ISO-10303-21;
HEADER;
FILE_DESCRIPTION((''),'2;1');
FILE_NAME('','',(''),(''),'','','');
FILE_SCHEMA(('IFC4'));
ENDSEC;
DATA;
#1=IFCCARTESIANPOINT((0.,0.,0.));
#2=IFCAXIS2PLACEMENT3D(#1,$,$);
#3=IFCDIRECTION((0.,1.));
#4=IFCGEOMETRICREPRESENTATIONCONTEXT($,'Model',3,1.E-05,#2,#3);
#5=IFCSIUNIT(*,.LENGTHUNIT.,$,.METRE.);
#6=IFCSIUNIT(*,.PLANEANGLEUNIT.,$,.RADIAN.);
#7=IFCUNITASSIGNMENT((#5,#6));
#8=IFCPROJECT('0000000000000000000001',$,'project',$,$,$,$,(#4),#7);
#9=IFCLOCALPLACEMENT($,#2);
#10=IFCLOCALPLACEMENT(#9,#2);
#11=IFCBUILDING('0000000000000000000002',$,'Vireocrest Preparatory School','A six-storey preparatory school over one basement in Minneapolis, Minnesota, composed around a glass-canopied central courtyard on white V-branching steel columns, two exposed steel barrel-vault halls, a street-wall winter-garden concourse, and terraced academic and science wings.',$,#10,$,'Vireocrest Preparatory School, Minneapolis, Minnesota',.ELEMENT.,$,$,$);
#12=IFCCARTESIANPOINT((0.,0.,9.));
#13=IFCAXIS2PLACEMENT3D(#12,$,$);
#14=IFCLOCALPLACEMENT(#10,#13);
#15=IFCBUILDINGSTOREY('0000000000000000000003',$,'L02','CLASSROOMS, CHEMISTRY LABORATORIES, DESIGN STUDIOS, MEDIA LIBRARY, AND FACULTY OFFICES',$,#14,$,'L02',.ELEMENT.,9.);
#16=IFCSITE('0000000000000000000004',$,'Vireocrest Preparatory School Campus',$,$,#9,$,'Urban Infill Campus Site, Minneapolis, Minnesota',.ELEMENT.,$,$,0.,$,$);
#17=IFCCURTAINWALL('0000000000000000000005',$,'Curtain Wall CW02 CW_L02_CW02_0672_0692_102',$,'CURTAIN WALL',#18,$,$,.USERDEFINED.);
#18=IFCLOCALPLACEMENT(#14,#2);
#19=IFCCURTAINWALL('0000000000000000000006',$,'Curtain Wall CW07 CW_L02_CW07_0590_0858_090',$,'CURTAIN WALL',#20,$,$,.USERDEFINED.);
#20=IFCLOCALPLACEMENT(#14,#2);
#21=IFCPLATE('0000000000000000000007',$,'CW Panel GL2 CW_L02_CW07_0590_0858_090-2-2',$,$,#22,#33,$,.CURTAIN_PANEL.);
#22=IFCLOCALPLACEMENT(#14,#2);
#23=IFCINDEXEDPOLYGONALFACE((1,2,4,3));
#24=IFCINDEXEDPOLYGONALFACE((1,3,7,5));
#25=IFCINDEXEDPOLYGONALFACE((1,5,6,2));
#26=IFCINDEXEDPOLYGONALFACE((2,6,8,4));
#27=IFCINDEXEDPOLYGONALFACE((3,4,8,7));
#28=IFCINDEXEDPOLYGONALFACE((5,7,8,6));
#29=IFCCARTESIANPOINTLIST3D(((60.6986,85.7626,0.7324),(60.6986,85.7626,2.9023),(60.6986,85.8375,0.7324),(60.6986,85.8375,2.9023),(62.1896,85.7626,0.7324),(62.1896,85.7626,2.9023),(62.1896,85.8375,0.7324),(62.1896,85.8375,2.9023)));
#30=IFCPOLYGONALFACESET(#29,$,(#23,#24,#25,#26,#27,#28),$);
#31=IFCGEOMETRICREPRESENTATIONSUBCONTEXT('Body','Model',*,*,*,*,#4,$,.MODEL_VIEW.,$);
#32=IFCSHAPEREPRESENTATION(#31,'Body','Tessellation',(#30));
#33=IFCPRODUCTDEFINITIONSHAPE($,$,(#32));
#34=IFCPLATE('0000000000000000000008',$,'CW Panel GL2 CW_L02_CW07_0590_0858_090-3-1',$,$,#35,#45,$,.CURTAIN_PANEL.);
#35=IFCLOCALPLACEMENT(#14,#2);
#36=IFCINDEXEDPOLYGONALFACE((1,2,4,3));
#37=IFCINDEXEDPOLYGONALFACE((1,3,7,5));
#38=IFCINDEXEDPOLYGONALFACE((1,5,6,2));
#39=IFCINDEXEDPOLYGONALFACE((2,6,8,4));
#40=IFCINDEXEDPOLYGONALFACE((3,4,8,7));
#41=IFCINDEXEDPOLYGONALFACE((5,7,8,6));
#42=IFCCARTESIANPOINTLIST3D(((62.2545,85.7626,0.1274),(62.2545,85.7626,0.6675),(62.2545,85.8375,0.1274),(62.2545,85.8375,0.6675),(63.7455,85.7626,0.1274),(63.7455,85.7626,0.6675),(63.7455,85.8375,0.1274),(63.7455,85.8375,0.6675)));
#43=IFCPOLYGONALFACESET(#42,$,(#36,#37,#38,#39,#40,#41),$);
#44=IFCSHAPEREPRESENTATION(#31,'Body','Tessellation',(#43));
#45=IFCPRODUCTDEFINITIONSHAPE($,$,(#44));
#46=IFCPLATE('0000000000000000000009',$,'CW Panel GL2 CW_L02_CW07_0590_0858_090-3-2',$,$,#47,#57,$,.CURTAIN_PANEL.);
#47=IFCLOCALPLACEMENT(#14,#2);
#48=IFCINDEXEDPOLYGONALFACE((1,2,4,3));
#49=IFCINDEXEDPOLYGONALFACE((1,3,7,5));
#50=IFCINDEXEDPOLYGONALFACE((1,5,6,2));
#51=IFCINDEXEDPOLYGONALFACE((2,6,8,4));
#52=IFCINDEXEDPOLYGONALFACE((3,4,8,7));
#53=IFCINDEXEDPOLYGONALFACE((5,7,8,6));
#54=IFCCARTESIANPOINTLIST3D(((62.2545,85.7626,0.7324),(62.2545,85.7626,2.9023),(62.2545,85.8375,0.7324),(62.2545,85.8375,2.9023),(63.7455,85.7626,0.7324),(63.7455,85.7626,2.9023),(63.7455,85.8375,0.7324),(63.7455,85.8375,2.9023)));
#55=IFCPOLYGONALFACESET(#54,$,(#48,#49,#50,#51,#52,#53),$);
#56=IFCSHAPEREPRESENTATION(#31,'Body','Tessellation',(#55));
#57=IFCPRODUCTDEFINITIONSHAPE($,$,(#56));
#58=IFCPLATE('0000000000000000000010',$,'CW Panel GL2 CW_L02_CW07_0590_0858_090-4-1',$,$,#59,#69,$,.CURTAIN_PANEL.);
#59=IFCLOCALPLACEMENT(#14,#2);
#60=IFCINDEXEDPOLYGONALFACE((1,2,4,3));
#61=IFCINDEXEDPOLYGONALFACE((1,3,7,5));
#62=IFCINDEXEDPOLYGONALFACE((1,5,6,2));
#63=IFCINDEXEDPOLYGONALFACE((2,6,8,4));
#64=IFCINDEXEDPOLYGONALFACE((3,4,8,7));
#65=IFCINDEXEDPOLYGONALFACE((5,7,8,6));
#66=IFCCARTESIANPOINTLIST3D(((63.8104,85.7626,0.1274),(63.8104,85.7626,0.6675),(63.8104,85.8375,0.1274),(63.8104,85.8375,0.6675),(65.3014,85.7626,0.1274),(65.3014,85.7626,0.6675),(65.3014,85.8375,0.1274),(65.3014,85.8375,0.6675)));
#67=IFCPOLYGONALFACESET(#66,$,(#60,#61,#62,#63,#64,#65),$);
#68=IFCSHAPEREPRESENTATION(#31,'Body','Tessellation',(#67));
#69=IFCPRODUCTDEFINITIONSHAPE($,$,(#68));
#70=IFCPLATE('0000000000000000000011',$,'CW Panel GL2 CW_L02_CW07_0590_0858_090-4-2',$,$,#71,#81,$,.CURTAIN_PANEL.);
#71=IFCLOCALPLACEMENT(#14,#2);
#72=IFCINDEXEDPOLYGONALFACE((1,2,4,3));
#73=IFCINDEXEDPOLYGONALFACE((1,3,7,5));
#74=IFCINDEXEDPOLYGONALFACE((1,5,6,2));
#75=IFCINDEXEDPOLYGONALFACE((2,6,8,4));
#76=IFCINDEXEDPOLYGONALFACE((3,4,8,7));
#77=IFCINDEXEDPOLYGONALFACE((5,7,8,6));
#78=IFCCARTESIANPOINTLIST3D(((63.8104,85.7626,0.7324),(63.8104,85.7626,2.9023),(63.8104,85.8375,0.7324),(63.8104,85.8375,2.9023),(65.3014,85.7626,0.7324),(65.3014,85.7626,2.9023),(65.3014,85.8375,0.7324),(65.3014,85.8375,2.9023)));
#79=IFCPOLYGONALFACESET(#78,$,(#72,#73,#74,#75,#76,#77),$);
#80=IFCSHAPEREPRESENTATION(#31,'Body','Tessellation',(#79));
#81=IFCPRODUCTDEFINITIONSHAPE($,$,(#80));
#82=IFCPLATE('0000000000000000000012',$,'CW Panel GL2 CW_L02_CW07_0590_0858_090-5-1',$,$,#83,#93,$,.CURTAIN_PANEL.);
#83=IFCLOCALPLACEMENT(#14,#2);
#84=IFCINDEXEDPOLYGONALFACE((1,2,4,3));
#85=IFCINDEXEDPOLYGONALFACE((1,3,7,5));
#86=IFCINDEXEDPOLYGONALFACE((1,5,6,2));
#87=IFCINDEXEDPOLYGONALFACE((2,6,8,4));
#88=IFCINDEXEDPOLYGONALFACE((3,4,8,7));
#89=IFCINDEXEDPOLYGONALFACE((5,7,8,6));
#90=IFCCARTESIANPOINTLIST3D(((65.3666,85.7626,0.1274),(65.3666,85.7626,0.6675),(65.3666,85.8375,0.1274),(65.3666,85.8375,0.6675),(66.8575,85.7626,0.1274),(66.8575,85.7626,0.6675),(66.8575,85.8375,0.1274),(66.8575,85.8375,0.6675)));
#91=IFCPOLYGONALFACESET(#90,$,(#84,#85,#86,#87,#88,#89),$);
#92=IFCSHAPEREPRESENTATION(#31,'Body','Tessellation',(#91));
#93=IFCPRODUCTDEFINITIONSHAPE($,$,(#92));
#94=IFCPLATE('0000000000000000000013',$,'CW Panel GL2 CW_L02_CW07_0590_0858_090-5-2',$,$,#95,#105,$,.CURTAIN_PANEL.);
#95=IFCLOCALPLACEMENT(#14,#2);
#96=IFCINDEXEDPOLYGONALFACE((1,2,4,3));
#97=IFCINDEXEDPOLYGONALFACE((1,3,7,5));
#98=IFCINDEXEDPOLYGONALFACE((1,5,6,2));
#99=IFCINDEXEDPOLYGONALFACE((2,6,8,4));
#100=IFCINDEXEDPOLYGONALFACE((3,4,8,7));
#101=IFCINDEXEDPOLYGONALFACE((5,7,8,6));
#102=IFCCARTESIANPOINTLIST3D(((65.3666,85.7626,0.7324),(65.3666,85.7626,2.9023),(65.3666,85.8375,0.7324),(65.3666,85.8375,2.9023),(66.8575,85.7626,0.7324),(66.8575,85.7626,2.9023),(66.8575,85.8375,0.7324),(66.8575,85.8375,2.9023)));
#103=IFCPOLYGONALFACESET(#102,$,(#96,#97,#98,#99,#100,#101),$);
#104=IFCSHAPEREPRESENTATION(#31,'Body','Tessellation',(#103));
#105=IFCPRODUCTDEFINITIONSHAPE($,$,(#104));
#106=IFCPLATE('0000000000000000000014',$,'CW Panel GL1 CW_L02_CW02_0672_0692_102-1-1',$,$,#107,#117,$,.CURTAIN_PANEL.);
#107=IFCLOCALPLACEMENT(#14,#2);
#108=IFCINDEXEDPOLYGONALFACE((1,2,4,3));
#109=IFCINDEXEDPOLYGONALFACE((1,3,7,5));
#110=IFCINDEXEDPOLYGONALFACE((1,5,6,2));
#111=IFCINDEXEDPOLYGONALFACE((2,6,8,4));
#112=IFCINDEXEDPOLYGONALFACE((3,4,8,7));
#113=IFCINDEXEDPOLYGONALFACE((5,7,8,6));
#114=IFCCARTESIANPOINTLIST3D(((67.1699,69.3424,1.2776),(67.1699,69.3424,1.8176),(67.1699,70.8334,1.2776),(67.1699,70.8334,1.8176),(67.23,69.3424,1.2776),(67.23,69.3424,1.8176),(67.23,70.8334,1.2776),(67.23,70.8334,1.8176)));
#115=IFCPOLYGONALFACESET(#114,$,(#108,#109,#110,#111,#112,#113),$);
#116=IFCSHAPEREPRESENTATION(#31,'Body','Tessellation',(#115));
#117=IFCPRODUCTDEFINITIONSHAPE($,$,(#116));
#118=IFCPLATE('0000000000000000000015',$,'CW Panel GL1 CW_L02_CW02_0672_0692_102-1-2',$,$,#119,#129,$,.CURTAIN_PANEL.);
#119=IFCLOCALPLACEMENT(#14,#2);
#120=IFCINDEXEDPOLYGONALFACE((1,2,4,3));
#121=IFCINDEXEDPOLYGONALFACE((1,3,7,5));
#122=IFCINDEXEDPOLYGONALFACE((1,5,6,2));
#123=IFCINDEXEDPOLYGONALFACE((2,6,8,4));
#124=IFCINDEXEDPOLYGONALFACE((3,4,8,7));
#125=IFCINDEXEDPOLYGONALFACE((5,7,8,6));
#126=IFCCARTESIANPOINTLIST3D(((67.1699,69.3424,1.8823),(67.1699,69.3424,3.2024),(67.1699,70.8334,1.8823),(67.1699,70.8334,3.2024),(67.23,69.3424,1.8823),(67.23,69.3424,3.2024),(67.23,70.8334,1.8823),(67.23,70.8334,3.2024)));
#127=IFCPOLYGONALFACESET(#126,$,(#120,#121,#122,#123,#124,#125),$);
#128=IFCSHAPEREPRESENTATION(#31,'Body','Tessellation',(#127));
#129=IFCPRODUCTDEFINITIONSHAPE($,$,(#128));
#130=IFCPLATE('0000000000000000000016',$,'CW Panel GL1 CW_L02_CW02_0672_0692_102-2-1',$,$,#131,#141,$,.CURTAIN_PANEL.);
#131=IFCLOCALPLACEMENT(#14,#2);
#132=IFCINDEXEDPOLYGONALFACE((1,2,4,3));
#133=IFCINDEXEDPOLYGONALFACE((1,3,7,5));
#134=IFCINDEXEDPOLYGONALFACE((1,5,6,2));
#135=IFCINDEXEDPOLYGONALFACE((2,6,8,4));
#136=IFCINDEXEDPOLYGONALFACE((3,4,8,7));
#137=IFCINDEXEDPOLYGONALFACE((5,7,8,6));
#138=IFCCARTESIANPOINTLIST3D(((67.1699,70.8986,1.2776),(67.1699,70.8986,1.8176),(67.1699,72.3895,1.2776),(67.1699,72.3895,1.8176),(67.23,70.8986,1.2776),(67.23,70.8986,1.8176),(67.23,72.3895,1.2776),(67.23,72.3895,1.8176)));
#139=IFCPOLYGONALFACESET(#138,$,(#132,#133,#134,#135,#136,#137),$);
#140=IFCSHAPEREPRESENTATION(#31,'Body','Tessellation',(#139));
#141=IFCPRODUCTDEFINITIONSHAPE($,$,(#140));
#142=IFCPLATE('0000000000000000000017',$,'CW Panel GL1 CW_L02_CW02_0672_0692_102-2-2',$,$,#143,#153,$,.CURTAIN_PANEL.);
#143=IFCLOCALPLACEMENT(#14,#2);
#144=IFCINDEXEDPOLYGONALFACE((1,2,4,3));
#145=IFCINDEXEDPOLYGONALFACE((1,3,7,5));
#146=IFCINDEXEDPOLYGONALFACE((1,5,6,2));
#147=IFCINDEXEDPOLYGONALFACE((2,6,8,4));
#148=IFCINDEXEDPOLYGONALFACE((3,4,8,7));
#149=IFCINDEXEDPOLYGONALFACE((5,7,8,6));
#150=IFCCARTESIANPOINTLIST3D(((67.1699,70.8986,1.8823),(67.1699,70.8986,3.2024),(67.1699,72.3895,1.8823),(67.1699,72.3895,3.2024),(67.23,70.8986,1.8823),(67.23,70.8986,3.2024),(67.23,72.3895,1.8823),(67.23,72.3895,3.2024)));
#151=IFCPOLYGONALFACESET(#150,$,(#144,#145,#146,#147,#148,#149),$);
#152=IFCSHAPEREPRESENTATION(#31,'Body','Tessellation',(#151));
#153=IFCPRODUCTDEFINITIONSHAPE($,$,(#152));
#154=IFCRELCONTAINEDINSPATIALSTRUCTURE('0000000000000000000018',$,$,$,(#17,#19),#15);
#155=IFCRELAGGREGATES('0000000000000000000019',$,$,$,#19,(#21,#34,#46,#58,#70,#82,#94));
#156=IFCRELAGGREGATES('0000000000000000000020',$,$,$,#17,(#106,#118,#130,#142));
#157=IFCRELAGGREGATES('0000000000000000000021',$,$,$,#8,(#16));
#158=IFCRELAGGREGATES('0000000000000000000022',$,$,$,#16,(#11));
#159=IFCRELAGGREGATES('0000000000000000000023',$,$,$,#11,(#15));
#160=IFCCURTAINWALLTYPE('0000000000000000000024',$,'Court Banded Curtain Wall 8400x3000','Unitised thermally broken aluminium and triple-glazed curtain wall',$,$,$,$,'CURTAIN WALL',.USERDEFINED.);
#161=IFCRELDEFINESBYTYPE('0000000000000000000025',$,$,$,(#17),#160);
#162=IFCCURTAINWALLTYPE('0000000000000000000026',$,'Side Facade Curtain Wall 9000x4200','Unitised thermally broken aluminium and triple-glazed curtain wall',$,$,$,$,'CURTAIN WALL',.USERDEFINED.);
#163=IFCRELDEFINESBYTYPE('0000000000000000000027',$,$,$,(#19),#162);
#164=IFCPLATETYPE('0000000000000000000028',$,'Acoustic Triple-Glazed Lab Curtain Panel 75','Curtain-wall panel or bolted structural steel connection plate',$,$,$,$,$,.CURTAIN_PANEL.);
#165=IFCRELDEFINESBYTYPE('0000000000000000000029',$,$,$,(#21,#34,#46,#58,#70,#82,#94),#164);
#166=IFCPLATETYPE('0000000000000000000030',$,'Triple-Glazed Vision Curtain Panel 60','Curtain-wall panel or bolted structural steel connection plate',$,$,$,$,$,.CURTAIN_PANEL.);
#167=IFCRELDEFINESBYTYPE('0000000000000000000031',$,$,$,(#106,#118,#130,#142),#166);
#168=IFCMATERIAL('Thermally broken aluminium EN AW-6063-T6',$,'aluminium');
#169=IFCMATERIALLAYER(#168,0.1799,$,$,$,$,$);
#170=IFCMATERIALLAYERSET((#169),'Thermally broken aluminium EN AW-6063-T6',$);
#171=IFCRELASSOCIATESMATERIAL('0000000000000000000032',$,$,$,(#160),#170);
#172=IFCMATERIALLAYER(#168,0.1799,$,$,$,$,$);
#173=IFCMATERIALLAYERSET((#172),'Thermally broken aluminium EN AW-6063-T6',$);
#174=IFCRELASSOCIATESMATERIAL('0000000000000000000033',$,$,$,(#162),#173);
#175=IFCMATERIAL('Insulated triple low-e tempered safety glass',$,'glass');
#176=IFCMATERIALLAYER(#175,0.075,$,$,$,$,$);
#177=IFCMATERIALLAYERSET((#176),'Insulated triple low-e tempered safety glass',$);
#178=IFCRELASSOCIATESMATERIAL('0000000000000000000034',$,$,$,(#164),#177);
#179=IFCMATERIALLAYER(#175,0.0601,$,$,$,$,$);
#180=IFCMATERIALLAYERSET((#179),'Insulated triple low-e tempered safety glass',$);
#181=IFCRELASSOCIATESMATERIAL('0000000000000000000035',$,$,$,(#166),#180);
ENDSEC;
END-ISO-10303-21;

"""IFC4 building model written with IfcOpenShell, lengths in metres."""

from ifc_helpers import new_model, si_unit, direction, frame, origin, origin_2d, place, context, subcontext, project, spatial, rectangle, extrude, material, layer, layer_set, type_object, element, aggregate, save


model = new_model("IFC4")

# Units and contexts
model_context = context("Model", 3, precision=1e-05, world=origin(), true_north=direction((0.0, 1.0)))
body_context = subcontext(model_context, "Body", "Model", "MODEL_VIEW")
ifc_project = project(units=[si_unit("LENGTHUNIT", "METRE"), si_unit("PLANEANGLEUNIT", "RADIAN")], contexts=[model_context])

# Site, building, storey
site_placement = place(None, origin())
site = spatial("IfcSite", under=ifc_project, at=site_placement, Name="Vireocrest Preparatory School Campus", LongName="Urban Infill Campus Site, Minneapolis, Minnesota", CompositionType="ELEMENT", RefElevation=0.0)
building_placement = place(site_placement, origin())
building = spatial("IfcBuilding", under=site, at=building_placement, Name="Vireocrest Preparatory School", Description="A six-storey preparatory school over one basement in Minneapolis, Minnesota, composed around a glass-canopied central courtyard on white V-branching steel columns, two exposed steel barrel-vault halls, a street-wall winter-garden concourse, and terraced academic and science wings.", LongName="Vireocrest Preparatory School, Minneapolis, Minnesota", CompositionType="ELEMENT")
storey_placement = place(building_placement, frame((0.0, 0.0, 9.0)))
storey = spatial("IfcBuildingStorey", under=building, at=storey_placement, Name="L02", Description="CLASSROOMS, CHEMISTRY LABORATORIES, DESIGN STUDIOS, MEDIA LIBRARY, AND FACULTY OFFICES", LongName="L02", CompositionType="ELEMENT", Elevation=9.0)

# Curtain wall
ifc_material_1 = material(Name="Thermally broken aluminium EN AW-6063-T6", Category="aluminium")
ifc_layer_1 = layer(ifc_material_1, 0.1799)
ifc_layer_set_1 = layer_set([ifc_layer_1], Name="Thermally broken aluminium EN AW-6063-T6")
curtain_wall_type_1 = type_object("IfcCurtainWallType", Name="Court Banded Curtain Wall 8400x3000", Description="Unitised thermally broken aluminium and triple-glazed curtain wall", ElementType="CURTAIN WALL", PredefinedType="USERDEFINED", material=ifc_layer_set_1)
curtain_wall_1_placement = place(storey_placement, origin())
curtain_wall_1 = element("IfcCurtainWall", 1, at=curtain_wall_1_placement, inside=storey, type_object=curtain_wall_type_1, Name="Curtain Wall CW02 CW_L02_CW02_0672_0692_102", ObjectType="CURTAIN WALL", PredefinedType="USERDEFINED")

# Curtain wall
ifc_layer_2 = layer(ifc_material_1, 0.1799)
ifc_layer_set_2 = layer_set([ifc_layer_2], Name="Thermally broken aluminium EN AW-6063-T6")
curtain_wall_type_2 = type_object("IfcCurtainWallType", Name="Side Facade Curtain Wall 9000x4200", Description="Unitised thermally broken aluminium and triple-glazed curtain wall", ElementType="CURTAIN WALL", PredefinedType="USERDEFINED", material=ifc_layer_set_2)
curtain_wall_2_placement = place(storey_placement, origin())
curtain_wall_2 = element("IfcCurtainWall", 2, at=curtain_wall_2_placement, inside=storey, type_object=curtain_wall_type_2, Name="Curtain Wall CW07 CW_L02_CW07_0590_0858_090", ObjectType="CURTAIN WALL", PredefinedType="USERDEFINED")

# Plates
ifc_material_2 = material(Name="Insulated triple low-e tempered safety glass", Category="glass")
ifc_layer_3 = layer(ifc_material_2, 0.075)
ifc_layer_set_3 = layer_set([ifc_layer_3], Name="Insulated triple low-e tempered safety glass")
plate_type_1 = type_object("IfcPlateType", Name="Acoustic Triple-Glazed Lab Curtain Panel 75", Description="Curtain-wall panel or bolted structural steel connection plate", PredefinedType="CURTAIN_PANEL", material=ifc_layer_set_3)
plate_1_placement = place(storey_placement, frame((61.4441, 85.8, 0.7324), z_axis=(0.0, 0.0, 1.0), x_axis=(1.0, 0.0, 0.0)))
plate_1 = element("IfcPlate", 3, at=plate_1_placement, type_object=plate_type_1, Name="CW Panel GL2 CW_L02_CW07_0590_0858_090-2-2", PredefinedType="CURTAIN_PANEL", context=body_context, shape_type="SweptSolid", body=[
    extrude(rectangle(XDim=1.491, YDim=0.075, at=origin_2d()), origin(), (0.0, 0.0, 1.0), 2.1699),
])
plate_2_placement = place(storey_placement, frame((63.0, 85.8, 0.1274), z_axis=(0.0, 0.0, 1.0), x_axis=(1.0, 0.0, 0.0)))
plate_2 = element("IfcPlate", 4, at=plate_2_placement, type_object=plate_type_1, Name="CW Panel GL2 CW_L02_CW07_0590_0858_090-3-1", PredefinedType="CURTAIN_PANEL", context=body_context, shape_type="SweptSolid", body=[
    extrude(rectangle(XDim=1.491, YDim=0.075, at=origin_2d()), origin(), (0.0, 0.0, 1.0), 0.54),
])
plate_3_placement = place(storey_placement, frame((63.0, 85.8, 0.7324), z_axis=(0.0, 0.0, 1.0), x_axis=(1.0, 0.0, 0.0)))
plate_3 = element("IfcPlate", 5, at=plate_3_placement, type_object=plate_type_1, Name="CW Panel GL2 CW_L02_CW07_0590_0858_090-3-2", PredefinedType="CURTAIN_PANEL", context=body_context, shape_type="SweptSolid", body=[
    extrude(rectangle(XDim=1.491, YDim=0.075, at=origin_2d()), origin(), (0.0, 0.0, 1.0), 2.1699),
])
plate_4_placement = place(storey_placement, frame((64.5559, 85.8, 0.1274), z_axis=(0.0, 0.0, 1.0), x_axis=(1.0, 0.0, 0.0)))
plate_4 = element("IfcPlate", 6, at=plate_4_placement, type_object=plate_type_1, Name="CW Panel GL2 CW_L02_CW07_0590_0858_090-4-1", PredefinedType="CURTAIN_PANEL", context=body_context, shape_type="SweptSolid", body=[
    extrude(rectangle(XDim=1.491, YDim=0.075, at=origin_2d()), origin(), (0.0, 0.0, 1.0), 0.54),
])
plate_5_placement = place(storey_placement, frame((64.5559, 85.8, 0.7324), z_axis=(0.0, 0.0, 1.0), x_axis=(1.0, 0.0, 0.0)))
plate_5 = element("IfcPlate", 7, at=plate_5_placement, type_object=plate_type_1, Name="CW Panel GL2 CW_L02_CW07_0590_0858_090-4-2", PredefinedType="CURTAIN_PANEL", context=body_context, shape_type="SweptSolid", body=[
    extrude(rectangle(XDim=1.491, YDim=0.075, at=origin_2d()), origin(), (0.0, 0.0, 1.0), 2.1699),
])
plate_6_placement = place(storey_placement, frame((66.1121, 85.8, 0.1274), z_axis=(0.0, 0.0, 1.0), x_axis=(1.0, 0.0, 0.0)))
plate_6 = element("IfcPlate", 8, at=plate_6_placement, type_object=plate_type_1, Name="CW Panel GL2 CW_L02_CW07_0590_0858_090-5-1", PredefinedType="CURTAIN_PANEL", context=body_context, shape_type="SweptSolid", body=[
    extrude(rectangle(XDim=1.491, YDim=0.075, at=origin_2d()), origin(), (0.0, 0.0, 1.0), 0.54),
])
plate_7_placement = place(storey_placement, frame((66.1121, 85.8, 0.7324), z_axis=(0.0, 0.0, 1.0), x_axis=(1.0, 0.0, 0.0)))
plate_7 = element("IfcPlate", 9, at=plate_7_placement, type_object=plate_type_1, Name="CW Panel GL2 CW_L02_CW07_0590_0858_090-5-2", PredefinedType="CURTAIN_PANEL", context=body_context, shape_type="SweptSolid", body=[
    extrude(rectangle(XDim=1.491, YDim=0.075, at=origin_2d()), origin(), (0.0, 0.0, 1.0), 2.1699),
])
aggregate(curtain_wall_2, [plate_1, plate_2, plate_3, plate_4, plate_5, plate_6, plate_7])
ifc_layer_4 = layer(ifc_material_2, 0.0601)
ifc_layer_set_4 = layer_set([ifc_layer_4], Name="Insulated triple low-e tempered safety glass")
plate_type_2 = type_object("IfcPlateType", Name="Triple-Glazed Vision Curtain Panel 60", Description="Curtain-wall panel or bolted structural steel connection plate", PredefinedType="CURTAIN_PANEL", material=ifc_layer_set_4)
plate_8_placement = place(storey_placement, frame((67.2, 70.0879, 1.2776), z_axis=(0.0, 0.0, 1.0), x_axis=(0.0, 1.0, 0.0)))
plate_8 = element("IfcPlate", 10, at=plate_8_placement, type_object=plate_type_2, Name="CW Panel GL1 CW_L02_CW02_0672_0692_102-1-1", PredefinedType="CURTAIN_PANEL", context=body_context, shape_type="SweptSolid", body=[
    extrude(rectangle(XDim=1.491, YDim=0.0601, at=origin_2d()), origin(), (0.0, 0.0, 1.0), 0.54),
])
plate_9_placement = place(storey_placement, frame((67.2, 70.0879, 1.8823), z_axis=(0.0, 0.0, 1.0), x_axis=(0.0, 1.0, 0.0)))
plate_9 = element("IfcPlate", 11, at=plate_9_placement, type_object=plate_type_2, Name="CW Panel GL1 CW_L02_CW02_0672_0692_102-1-2", PredefinedType="CURTAIN_PANEL", context=body_context, shape_type="SweptSolid", body=[
    extrude(rectangle(XDim=1.491, YDim=0.0601, at=origin_2d()), origin(), (0.0, 0.0, 1.0), 1.3201),
])
plate_10_placement = place(storey_placement, frame((67.2, 71.644, 1.2776), z_axis=(0.0, 0.0, 1.0), x_axis=(0.0, 1.0, 0.0)))
plate_10 = element("IfcPlate", 12, at=plate_10_placement, type_object=plate_type_2, Name="CW Panel GL1 CW_L02_CW02_0672_0692_102-2-1", PredefinedType="CURTAIN_PANEL", context=body_context, shape_type="SweptSolid", body=[
    extrude(rectangle(XDim=1.491, YDim=0.0601, at=origin_2d()), origin(), (0.0, 0.0, 1.0), 0.54),
])
plate_11_placement = place(storey_placement, frame((67.2, 71.644, 1.8823), z_axis=(0.0, 0.0, 1.0), x_axis=(0.0, 1.0, 0.0)))
plate_11 = element("IfcPlate", 13, at=plate_11_placement, type_object=plate_type_2, Name="CW Panel GL1 CW_L02_CW02_0672_0692_102-2-2", PredefinedType="CURTAIN_PANEL", context=body_context, shape_type="SweptSolid", body=[
    extrude(rectangle(XDim=1.491, YDim=0.0601, at=origin_2d()), origin(), (0.0, 0.0, 1.0), 1.3201),
])
aggregate(curtain_wall_1, [plate_8, plate_9, plate_10, plate_11])

save(model, "model.ifc")
